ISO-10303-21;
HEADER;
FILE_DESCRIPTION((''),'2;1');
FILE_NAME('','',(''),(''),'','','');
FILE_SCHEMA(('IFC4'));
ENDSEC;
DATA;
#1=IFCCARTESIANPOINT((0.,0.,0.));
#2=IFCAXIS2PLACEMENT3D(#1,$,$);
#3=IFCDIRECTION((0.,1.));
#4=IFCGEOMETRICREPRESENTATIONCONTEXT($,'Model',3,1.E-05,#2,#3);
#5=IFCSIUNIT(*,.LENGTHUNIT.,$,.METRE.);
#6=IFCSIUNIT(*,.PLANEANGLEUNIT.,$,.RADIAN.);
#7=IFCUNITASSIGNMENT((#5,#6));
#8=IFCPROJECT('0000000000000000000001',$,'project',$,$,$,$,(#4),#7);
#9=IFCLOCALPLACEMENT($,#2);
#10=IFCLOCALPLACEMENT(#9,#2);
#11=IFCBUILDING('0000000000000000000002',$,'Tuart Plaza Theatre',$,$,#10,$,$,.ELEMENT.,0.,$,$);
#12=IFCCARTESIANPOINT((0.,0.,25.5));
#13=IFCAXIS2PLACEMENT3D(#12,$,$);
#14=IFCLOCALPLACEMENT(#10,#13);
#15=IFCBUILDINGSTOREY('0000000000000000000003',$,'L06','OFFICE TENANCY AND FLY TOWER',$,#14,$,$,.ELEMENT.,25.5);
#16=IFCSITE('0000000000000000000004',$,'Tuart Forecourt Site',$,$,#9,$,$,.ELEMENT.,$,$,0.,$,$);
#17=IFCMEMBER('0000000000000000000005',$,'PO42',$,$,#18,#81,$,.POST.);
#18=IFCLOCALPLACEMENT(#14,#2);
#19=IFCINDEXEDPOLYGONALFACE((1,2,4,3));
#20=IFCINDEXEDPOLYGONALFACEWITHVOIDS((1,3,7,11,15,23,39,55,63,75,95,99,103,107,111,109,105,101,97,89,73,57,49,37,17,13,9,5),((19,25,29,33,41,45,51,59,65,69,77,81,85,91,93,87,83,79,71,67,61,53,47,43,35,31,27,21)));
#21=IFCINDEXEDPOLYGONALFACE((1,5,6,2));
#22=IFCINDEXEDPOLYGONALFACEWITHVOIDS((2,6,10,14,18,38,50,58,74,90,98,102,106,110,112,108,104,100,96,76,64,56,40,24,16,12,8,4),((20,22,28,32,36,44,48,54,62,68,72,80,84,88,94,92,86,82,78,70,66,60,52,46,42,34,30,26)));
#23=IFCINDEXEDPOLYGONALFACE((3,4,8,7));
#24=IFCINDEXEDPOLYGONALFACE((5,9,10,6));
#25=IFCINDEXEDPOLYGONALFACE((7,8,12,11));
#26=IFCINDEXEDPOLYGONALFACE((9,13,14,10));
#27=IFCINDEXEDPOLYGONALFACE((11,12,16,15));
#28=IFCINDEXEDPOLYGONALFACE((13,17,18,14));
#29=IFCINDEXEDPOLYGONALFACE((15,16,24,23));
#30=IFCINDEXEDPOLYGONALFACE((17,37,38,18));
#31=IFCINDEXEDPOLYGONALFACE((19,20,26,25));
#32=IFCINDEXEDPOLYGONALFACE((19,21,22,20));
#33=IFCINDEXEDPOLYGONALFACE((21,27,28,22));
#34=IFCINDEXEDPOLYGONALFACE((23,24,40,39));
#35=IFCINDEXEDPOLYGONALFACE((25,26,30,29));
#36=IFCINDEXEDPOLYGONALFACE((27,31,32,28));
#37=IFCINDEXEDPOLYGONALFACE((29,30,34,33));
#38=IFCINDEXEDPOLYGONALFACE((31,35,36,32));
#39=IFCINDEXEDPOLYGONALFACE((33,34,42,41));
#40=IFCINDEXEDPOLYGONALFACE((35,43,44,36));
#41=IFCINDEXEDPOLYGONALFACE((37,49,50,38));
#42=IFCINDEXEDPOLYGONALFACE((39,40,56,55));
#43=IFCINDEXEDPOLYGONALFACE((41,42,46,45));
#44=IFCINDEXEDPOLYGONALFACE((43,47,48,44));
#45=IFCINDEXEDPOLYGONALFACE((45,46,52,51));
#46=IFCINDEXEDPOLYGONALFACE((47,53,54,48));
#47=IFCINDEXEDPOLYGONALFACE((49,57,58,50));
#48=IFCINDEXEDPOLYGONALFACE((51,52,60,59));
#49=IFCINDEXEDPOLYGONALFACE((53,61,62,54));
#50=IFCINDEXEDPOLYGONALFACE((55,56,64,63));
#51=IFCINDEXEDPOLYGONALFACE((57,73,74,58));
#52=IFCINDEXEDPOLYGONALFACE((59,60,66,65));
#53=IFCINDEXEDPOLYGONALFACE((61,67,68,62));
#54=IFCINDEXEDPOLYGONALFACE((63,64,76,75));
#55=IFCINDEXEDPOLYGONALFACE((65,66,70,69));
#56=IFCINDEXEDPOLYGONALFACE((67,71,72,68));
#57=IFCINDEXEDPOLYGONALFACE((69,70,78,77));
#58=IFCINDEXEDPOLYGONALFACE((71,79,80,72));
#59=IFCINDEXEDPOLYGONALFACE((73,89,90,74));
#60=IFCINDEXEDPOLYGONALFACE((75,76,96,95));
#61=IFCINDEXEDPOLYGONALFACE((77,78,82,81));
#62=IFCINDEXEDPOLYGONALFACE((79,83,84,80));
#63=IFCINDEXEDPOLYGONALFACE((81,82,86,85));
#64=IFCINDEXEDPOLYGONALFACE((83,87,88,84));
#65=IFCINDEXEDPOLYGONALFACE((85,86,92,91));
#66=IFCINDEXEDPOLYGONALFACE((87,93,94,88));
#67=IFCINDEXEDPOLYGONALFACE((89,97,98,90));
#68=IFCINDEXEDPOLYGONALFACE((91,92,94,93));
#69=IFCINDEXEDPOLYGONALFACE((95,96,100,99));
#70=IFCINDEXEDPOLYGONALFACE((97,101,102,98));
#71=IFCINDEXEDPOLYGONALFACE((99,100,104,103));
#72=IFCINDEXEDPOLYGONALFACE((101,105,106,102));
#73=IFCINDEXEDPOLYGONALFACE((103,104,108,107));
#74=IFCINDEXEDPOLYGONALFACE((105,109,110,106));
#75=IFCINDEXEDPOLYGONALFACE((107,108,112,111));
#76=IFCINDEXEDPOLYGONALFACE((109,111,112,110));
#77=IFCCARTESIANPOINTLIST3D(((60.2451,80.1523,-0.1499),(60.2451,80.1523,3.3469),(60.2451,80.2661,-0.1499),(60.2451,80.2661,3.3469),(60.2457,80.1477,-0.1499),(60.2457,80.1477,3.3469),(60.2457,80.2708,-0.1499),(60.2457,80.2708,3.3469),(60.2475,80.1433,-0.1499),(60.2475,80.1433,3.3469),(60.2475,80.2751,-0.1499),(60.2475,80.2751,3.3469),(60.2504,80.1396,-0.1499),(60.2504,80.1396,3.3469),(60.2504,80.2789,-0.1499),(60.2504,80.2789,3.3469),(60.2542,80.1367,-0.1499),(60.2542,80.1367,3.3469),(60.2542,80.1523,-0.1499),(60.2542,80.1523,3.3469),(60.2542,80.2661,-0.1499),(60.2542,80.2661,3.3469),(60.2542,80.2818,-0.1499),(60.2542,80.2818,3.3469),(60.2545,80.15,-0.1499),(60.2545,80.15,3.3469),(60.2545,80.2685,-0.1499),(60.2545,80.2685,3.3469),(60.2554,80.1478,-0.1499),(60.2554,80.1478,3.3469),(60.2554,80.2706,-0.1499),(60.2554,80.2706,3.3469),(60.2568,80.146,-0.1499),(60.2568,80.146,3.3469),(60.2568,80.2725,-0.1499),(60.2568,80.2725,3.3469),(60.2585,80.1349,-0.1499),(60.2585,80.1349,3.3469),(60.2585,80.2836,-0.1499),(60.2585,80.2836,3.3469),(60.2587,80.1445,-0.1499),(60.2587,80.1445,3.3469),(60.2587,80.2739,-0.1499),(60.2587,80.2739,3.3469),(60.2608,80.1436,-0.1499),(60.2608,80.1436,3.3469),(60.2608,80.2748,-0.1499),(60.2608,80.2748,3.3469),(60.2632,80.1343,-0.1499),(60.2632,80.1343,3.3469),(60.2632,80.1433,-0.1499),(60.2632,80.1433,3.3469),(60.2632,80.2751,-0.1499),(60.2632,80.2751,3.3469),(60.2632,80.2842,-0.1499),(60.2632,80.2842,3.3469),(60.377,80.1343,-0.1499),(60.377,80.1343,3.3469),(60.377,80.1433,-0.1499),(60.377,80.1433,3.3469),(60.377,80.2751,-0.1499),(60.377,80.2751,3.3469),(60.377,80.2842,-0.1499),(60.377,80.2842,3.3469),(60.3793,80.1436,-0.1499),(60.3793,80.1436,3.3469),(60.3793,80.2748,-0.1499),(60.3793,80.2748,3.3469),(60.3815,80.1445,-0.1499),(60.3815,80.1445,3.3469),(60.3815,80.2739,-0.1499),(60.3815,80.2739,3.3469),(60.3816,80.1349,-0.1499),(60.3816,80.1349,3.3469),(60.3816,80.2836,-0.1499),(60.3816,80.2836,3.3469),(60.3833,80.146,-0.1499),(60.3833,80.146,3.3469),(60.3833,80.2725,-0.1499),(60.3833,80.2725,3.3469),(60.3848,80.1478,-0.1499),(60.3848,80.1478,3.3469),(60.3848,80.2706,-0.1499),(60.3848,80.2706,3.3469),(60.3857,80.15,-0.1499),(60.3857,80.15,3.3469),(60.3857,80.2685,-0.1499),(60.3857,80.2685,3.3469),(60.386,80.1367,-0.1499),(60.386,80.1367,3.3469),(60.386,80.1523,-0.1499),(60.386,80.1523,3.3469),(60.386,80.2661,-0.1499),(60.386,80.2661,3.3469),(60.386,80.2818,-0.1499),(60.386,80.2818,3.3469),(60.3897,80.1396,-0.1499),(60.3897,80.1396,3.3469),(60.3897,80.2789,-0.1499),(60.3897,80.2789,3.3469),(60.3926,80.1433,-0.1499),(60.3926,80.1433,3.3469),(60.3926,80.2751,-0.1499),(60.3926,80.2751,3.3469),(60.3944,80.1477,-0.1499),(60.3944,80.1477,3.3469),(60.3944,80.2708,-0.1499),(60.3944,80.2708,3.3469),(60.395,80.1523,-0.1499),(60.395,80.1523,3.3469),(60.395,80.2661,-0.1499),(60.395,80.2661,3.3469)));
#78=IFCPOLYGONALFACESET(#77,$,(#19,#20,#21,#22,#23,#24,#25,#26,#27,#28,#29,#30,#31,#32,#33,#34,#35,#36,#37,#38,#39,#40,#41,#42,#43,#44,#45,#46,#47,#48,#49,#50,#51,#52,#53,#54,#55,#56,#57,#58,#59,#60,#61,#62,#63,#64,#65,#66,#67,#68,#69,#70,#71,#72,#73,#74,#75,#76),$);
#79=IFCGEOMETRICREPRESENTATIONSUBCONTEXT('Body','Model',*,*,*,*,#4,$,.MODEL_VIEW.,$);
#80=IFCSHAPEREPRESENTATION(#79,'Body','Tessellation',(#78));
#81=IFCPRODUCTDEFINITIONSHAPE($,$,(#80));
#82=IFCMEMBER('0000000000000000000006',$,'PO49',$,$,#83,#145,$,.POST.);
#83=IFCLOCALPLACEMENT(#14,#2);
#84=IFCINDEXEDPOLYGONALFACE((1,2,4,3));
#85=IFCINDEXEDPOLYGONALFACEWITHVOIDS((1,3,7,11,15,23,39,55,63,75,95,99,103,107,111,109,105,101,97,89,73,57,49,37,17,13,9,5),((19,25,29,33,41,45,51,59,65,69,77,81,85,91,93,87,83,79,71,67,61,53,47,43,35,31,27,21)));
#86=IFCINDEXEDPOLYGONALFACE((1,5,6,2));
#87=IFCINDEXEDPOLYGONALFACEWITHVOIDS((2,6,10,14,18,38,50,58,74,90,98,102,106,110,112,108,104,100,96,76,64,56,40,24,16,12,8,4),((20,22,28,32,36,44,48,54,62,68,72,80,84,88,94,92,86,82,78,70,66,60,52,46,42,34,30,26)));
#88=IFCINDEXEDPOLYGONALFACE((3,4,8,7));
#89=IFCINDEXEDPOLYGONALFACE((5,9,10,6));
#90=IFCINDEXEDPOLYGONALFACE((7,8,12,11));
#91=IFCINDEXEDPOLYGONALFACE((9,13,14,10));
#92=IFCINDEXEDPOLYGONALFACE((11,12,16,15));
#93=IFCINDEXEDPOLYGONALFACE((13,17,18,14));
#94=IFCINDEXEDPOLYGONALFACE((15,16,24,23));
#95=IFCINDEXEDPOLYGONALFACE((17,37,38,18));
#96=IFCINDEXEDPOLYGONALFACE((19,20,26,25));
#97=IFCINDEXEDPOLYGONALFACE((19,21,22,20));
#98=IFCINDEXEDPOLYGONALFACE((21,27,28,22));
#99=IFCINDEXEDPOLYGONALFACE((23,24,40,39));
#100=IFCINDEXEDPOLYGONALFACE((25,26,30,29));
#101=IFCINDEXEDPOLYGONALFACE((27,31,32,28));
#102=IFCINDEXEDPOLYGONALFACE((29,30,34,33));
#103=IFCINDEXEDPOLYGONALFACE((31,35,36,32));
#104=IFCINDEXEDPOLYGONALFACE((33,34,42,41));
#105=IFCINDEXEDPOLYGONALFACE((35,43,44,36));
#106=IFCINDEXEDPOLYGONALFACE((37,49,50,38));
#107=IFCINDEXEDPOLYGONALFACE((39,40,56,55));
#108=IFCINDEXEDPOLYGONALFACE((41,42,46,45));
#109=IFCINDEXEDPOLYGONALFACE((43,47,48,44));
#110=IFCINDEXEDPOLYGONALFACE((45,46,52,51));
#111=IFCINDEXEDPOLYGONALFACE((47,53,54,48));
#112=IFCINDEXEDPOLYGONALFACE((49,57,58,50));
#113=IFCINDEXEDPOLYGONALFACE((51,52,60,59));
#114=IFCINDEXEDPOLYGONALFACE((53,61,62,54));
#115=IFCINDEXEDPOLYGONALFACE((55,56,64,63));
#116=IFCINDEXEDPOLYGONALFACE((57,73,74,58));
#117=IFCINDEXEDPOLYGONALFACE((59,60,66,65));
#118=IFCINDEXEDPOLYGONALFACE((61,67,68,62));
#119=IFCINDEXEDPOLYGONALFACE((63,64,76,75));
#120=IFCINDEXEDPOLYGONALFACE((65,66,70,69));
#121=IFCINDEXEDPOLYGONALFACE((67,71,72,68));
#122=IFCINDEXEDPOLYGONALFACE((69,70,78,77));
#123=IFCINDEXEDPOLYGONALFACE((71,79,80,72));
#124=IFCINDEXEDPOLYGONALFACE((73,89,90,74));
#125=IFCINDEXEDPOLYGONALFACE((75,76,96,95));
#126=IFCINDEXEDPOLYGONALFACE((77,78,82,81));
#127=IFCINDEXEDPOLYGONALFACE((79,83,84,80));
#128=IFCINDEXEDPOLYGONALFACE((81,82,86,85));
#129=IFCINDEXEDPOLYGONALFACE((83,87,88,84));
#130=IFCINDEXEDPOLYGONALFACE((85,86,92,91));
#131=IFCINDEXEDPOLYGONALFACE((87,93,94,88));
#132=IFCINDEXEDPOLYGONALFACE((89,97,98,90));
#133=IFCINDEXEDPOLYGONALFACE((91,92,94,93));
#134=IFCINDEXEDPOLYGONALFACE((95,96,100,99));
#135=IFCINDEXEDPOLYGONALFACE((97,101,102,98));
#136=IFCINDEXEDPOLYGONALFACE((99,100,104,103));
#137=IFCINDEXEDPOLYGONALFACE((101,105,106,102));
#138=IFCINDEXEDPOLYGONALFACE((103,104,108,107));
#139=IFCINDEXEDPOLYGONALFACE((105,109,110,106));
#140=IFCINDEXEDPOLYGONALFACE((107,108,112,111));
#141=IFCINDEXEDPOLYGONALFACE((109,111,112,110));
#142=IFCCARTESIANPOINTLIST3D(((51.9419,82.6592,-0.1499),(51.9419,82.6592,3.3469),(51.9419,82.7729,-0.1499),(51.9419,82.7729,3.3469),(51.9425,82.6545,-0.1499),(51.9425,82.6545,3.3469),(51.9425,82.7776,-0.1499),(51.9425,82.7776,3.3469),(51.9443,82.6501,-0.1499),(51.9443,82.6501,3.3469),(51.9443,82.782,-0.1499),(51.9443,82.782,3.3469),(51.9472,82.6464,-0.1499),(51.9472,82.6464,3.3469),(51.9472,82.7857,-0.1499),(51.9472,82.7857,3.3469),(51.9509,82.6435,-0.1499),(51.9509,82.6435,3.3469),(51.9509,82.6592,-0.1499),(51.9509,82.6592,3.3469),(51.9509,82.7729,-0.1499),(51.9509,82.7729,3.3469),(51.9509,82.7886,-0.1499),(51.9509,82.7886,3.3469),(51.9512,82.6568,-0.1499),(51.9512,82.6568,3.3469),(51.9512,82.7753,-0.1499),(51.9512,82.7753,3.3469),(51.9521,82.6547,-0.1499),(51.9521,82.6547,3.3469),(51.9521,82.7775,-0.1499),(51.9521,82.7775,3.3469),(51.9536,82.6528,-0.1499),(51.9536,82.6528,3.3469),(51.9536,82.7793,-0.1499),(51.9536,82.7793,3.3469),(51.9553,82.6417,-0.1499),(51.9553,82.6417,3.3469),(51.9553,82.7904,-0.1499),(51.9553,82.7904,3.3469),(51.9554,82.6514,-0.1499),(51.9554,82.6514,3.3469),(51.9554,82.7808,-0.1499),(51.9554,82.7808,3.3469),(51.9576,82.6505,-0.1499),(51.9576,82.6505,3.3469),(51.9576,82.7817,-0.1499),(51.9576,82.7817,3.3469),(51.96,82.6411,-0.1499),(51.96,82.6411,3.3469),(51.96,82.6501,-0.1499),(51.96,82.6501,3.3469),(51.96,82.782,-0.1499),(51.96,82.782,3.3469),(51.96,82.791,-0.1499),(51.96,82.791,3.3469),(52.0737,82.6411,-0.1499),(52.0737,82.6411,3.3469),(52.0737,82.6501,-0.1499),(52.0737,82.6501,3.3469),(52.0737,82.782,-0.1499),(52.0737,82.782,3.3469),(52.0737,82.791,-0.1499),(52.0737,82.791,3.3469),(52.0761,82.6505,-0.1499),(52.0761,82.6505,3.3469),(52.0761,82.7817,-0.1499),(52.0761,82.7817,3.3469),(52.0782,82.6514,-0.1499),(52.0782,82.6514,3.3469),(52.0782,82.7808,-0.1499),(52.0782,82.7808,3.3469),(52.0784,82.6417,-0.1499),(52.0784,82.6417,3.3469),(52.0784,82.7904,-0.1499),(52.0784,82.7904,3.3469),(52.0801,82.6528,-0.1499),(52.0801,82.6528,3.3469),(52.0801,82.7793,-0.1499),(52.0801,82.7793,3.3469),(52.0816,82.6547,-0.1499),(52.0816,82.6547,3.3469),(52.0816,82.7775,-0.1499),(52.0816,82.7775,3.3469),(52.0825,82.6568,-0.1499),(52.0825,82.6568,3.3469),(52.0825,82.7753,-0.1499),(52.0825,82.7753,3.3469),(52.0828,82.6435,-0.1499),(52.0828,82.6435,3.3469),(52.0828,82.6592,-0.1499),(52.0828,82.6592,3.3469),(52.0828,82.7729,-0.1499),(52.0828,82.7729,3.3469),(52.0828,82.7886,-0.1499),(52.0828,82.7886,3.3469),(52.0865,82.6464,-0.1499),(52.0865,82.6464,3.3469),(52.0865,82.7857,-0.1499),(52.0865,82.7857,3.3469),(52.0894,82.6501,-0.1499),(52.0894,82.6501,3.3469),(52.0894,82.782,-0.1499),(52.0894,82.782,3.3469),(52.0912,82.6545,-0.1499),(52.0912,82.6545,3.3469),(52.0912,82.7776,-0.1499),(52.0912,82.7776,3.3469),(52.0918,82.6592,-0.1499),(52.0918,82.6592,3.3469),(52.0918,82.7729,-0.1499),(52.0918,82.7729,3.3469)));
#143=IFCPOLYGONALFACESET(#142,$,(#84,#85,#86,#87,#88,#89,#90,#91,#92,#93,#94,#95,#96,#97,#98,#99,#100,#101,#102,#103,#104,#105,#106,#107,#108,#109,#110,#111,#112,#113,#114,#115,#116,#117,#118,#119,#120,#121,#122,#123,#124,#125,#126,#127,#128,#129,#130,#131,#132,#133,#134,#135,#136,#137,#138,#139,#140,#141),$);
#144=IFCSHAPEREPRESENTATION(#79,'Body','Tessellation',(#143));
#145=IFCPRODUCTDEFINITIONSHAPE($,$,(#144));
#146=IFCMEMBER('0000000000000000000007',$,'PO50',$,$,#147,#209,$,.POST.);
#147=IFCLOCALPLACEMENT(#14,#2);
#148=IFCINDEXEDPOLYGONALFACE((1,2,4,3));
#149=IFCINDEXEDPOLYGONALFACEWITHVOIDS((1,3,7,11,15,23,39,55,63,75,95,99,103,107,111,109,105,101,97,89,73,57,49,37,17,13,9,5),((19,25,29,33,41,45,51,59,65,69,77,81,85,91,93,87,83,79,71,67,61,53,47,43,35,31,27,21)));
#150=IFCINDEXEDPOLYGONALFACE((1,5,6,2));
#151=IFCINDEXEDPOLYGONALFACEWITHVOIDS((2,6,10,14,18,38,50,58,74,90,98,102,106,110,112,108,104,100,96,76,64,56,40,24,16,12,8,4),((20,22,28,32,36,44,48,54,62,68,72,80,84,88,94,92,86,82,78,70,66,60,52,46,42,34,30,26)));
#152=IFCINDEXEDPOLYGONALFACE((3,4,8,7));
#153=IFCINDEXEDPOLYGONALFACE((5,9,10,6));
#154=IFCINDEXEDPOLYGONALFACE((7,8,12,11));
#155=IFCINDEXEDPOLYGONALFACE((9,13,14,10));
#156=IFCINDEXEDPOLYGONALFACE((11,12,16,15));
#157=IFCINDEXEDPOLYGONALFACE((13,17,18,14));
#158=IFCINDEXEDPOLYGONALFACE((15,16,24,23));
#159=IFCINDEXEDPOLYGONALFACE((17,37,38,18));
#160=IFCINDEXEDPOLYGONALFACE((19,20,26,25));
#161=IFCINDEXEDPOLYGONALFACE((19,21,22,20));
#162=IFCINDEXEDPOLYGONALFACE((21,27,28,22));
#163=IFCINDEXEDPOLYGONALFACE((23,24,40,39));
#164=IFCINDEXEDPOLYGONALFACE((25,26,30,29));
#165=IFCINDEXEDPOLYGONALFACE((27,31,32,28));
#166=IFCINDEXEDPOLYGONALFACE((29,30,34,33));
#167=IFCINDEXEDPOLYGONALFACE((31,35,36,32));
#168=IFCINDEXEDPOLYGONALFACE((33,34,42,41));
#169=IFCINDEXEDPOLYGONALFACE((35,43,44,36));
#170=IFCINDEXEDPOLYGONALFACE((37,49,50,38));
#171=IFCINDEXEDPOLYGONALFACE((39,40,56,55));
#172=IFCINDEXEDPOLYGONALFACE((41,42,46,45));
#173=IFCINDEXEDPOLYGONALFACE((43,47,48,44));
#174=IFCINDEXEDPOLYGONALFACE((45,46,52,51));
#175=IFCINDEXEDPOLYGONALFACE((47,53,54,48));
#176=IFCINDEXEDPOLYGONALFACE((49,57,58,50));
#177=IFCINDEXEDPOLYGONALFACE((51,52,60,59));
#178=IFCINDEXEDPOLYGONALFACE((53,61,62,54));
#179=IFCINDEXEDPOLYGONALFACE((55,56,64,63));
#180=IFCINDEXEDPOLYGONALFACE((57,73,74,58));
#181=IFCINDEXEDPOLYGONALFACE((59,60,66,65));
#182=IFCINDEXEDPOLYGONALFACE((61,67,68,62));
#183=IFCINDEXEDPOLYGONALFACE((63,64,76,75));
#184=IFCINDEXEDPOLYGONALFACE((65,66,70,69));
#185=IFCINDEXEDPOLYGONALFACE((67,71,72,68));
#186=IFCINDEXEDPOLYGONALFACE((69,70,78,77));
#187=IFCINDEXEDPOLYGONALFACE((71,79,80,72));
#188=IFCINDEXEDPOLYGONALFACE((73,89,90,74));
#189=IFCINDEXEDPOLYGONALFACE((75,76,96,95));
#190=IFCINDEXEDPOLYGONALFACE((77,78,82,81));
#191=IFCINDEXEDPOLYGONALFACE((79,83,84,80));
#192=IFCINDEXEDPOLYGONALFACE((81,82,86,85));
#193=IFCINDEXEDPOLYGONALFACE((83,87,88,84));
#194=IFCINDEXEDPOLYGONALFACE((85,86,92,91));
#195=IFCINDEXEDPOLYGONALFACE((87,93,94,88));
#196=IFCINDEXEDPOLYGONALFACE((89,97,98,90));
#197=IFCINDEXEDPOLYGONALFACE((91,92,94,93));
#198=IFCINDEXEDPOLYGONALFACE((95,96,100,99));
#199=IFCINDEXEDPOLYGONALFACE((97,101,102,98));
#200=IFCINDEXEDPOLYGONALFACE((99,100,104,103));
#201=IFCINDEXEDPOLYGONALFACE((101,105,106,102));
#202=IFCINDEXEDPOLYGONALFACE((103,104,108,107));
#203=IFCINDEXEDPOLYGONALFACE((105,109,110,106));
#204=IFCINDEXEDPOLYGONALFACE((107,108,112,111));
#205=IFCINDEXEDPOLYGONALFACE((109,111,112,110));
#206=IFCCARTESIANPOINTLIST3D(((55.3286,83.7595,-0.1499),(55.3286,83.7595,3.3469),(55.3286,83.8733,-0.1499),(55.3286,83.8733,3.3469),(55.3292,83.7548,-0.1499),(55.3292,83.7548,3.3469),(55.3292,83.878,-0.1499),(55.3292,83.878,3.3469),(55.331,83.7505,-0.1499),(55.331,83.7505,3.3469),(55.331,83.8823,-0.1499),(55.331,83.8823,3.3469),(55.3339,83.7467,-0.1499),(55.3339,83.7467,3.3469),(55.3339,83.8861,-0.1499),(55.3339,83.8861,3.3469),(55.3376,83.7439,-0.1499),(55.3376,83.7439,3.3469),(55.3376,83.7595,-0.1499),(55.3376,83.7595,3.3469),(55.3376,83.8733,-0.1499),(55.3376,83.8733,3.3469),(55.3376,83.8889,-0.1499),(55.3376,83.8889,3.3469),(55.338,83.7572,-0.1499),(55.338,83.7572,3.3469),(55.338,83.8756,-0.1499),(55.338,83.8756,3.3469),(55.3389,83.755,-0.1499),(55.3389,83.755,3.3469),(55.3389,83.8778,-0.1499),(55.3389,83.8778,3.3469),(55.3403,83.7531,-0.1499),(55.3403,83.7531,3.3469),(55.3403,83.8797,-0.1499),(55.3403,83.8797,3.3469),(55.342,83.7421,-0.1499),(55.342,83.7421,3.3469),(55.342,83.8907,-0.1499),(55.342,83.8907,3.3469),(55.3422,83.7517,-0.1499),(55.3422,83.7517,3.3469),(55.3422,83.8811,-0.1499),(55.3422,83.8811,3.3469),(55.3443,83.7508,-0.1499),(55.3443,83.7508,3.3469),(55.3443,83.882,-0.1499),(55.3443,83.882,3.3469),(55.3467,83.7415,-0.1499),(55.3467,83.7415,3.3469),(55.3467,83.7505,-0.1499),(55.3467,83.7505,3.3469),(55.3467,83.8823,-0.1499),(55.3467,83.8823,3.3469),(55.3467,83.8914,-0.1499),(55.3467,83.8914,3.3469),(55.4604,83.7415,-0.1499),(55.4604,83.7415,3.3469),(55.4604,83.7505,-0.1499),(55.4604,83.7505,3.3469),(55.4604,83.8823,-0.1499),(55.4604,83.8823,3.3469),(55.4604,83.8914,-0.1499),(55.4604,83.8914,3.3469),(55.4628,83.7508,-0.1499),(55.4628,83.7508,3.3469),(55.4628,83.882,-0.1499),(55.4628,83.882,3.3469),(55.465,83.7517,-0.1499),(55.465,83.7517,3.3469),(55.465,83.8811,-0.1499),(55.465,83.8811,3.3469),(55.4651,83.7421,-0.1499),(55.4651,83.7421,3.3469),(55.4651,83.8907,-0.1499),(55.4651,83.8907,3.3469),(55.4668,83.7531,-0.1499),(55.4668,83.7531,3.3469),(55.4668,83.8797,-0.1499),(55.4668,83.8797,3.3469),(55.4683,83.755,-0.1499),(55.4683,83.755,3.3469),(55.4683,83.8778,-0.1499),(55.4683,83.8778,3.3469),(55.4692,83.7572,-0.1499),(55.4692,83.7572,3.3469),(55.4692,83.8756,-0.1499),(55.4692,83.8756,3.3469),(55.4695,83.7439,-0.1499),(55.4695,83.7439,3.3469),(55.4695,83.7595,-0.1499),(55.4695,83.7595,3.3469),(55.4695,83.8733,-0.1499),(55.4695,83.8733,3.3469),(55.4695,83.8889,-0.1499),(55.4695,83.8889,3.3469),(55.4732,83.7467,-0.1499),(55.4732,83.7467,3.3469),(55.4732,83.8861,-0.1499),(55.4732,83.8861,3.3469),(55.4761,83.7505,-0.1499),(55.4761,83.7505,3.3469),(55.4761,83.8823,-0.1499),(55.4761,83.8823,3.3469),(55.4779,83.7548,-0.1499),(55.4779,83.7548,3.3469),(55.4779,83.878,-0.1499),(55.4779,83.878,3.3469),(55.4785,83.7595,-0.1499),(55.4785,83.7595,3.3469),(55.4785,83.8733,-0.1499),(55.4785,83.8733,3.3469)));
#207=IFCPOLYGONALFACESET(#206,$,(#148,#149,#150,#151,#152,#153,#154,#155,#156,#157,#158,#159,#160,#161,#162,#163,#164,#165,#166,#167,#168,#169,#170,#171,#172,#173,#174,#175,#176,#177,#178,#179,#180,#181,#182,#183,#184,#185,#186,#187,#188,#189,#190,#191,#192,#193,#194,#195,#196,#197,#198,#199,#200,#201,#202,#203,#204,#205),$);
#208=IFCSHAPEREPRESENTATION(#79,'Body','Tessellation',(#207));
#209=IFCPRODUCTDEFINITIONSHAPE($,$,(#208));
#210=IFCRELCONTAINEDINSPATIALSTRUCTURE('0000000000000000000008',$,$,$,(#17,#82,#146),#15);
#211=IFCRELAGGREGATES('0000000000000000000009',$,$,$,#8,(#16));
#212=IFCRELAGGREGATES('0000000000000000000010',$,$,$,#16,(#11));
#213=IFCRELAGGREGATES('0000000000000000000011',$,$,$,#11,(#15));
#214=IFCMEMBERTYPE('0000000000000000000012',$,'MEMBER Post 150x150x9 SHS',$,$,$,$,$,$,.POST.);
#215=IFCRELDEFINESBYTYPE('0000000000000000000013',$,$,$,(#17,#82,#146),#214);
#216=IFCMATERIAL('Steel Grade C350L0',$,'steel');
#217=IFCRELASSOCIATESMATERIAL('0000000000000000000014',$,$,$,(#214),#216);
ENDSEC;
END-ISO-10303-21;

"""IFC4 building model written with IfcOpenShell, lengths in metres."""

from ifc_helpers import new_model, si_unit, direction, frame, origin, origin_2d, place, context, subcontext, project, spatial, hollow_rectangle, extrude, material, material_profile, profile_set, type_object, element, save


model = new_model("IFC4")

# Units and contexts
model_context = context("Model", 3, precision=1e-05, world=origin(), true_north=direction((0.0, 1.0)))
body_context = subcontext(model_context, "Body", "Model", "MODEL_VIEW")
ifc_project = project(units=[si_unit("LENGTHUNIT", "METRE"), si_unit("PLANEANGLEUNIT", "RADIAN")], contexts=[model_context])

# Site, building, storey
site_placement = place(None, origin())
site = spatial("IfcSite", under=ifc_project, at=site_placement, Name="Tuart Forecourt Site", CompositionType="ELEMENT", RefElevation=0.0)
building_placement = place(site_placement, origin())
building = spatial("IfcBuilding", under=site, at=building_placement, Name="Tuart Plaza Theatre", CompositionType="ELEMENT", ElevationOfRefHeight=0.0)
storey_placement = place(building_placement, frame((0.0, 0.0, 25.5)))
storey = spatial("IfcBuildingStorey", under=building, at=storey_placement, Name="L06", Description="OFFICE TENANCY AND FLY TOWER", CompositionType="ELEMENT", Elevation=25.5)

# Members
ifc_material_1 = material(Name="Steel Grade C350L0", Category="steel")
ifc_material_profile_1 = material_profile(ifc_material_1, hollow_rectangle(XDim=0.1499, YDim=0.1499, WallThickness=0.009, InnerFilletRadius=0.009, OuterFilletRadius=0.0181, at=origin_2d()), Name="150x150x9 SHS")
ifc_profile_set_1 = profile_set([ifc_material_profile_1], Name="Steel Grade C350L0")
member_type_1 = type_object("IfcMemberType", Name="MEMBER Post 150x150x9 SHS", PredefinedType="POST", material=ifc_profile_set_1)
for number, where, z_axis, x_axis, name in (
    (1, (60.3201, 80.2092, -0.1499), (0.0, 0.0, 1.0), (1.0, 0.0, 0.0), "PO42"),
    (2, (52.0168, 82.7161, -0.1499), (0.0, 0.0, 1.0), (1.0, 0.0, 0.0), "PO49"),
    (3, (55.4036, 83.8164, -0.1499), (0.0, 0.0, 1.0), (1.0, 0.0, 0.0), "PO50"),
):
    element("IfcMember", number, at=place(storey_placement, frame(where, z_axis=z_axis, x_axis=x_axis)), inside=storey, type_object=member_type_1, Name=name, PredefinedType="POST", context=body_context, shape_type="SweptSolid", body=[
        extrude(hollow_rectangle(XDim=0.1499, YDim=0.1499, WallThickness=0.009, InnerFilletRadius=0.009, OuterFilletRadius=0.0181, at=origin_2d()), origin(), (0.0, 0.0, 1.0), 3.4968),
    ])

save(model, "model.ifc")
